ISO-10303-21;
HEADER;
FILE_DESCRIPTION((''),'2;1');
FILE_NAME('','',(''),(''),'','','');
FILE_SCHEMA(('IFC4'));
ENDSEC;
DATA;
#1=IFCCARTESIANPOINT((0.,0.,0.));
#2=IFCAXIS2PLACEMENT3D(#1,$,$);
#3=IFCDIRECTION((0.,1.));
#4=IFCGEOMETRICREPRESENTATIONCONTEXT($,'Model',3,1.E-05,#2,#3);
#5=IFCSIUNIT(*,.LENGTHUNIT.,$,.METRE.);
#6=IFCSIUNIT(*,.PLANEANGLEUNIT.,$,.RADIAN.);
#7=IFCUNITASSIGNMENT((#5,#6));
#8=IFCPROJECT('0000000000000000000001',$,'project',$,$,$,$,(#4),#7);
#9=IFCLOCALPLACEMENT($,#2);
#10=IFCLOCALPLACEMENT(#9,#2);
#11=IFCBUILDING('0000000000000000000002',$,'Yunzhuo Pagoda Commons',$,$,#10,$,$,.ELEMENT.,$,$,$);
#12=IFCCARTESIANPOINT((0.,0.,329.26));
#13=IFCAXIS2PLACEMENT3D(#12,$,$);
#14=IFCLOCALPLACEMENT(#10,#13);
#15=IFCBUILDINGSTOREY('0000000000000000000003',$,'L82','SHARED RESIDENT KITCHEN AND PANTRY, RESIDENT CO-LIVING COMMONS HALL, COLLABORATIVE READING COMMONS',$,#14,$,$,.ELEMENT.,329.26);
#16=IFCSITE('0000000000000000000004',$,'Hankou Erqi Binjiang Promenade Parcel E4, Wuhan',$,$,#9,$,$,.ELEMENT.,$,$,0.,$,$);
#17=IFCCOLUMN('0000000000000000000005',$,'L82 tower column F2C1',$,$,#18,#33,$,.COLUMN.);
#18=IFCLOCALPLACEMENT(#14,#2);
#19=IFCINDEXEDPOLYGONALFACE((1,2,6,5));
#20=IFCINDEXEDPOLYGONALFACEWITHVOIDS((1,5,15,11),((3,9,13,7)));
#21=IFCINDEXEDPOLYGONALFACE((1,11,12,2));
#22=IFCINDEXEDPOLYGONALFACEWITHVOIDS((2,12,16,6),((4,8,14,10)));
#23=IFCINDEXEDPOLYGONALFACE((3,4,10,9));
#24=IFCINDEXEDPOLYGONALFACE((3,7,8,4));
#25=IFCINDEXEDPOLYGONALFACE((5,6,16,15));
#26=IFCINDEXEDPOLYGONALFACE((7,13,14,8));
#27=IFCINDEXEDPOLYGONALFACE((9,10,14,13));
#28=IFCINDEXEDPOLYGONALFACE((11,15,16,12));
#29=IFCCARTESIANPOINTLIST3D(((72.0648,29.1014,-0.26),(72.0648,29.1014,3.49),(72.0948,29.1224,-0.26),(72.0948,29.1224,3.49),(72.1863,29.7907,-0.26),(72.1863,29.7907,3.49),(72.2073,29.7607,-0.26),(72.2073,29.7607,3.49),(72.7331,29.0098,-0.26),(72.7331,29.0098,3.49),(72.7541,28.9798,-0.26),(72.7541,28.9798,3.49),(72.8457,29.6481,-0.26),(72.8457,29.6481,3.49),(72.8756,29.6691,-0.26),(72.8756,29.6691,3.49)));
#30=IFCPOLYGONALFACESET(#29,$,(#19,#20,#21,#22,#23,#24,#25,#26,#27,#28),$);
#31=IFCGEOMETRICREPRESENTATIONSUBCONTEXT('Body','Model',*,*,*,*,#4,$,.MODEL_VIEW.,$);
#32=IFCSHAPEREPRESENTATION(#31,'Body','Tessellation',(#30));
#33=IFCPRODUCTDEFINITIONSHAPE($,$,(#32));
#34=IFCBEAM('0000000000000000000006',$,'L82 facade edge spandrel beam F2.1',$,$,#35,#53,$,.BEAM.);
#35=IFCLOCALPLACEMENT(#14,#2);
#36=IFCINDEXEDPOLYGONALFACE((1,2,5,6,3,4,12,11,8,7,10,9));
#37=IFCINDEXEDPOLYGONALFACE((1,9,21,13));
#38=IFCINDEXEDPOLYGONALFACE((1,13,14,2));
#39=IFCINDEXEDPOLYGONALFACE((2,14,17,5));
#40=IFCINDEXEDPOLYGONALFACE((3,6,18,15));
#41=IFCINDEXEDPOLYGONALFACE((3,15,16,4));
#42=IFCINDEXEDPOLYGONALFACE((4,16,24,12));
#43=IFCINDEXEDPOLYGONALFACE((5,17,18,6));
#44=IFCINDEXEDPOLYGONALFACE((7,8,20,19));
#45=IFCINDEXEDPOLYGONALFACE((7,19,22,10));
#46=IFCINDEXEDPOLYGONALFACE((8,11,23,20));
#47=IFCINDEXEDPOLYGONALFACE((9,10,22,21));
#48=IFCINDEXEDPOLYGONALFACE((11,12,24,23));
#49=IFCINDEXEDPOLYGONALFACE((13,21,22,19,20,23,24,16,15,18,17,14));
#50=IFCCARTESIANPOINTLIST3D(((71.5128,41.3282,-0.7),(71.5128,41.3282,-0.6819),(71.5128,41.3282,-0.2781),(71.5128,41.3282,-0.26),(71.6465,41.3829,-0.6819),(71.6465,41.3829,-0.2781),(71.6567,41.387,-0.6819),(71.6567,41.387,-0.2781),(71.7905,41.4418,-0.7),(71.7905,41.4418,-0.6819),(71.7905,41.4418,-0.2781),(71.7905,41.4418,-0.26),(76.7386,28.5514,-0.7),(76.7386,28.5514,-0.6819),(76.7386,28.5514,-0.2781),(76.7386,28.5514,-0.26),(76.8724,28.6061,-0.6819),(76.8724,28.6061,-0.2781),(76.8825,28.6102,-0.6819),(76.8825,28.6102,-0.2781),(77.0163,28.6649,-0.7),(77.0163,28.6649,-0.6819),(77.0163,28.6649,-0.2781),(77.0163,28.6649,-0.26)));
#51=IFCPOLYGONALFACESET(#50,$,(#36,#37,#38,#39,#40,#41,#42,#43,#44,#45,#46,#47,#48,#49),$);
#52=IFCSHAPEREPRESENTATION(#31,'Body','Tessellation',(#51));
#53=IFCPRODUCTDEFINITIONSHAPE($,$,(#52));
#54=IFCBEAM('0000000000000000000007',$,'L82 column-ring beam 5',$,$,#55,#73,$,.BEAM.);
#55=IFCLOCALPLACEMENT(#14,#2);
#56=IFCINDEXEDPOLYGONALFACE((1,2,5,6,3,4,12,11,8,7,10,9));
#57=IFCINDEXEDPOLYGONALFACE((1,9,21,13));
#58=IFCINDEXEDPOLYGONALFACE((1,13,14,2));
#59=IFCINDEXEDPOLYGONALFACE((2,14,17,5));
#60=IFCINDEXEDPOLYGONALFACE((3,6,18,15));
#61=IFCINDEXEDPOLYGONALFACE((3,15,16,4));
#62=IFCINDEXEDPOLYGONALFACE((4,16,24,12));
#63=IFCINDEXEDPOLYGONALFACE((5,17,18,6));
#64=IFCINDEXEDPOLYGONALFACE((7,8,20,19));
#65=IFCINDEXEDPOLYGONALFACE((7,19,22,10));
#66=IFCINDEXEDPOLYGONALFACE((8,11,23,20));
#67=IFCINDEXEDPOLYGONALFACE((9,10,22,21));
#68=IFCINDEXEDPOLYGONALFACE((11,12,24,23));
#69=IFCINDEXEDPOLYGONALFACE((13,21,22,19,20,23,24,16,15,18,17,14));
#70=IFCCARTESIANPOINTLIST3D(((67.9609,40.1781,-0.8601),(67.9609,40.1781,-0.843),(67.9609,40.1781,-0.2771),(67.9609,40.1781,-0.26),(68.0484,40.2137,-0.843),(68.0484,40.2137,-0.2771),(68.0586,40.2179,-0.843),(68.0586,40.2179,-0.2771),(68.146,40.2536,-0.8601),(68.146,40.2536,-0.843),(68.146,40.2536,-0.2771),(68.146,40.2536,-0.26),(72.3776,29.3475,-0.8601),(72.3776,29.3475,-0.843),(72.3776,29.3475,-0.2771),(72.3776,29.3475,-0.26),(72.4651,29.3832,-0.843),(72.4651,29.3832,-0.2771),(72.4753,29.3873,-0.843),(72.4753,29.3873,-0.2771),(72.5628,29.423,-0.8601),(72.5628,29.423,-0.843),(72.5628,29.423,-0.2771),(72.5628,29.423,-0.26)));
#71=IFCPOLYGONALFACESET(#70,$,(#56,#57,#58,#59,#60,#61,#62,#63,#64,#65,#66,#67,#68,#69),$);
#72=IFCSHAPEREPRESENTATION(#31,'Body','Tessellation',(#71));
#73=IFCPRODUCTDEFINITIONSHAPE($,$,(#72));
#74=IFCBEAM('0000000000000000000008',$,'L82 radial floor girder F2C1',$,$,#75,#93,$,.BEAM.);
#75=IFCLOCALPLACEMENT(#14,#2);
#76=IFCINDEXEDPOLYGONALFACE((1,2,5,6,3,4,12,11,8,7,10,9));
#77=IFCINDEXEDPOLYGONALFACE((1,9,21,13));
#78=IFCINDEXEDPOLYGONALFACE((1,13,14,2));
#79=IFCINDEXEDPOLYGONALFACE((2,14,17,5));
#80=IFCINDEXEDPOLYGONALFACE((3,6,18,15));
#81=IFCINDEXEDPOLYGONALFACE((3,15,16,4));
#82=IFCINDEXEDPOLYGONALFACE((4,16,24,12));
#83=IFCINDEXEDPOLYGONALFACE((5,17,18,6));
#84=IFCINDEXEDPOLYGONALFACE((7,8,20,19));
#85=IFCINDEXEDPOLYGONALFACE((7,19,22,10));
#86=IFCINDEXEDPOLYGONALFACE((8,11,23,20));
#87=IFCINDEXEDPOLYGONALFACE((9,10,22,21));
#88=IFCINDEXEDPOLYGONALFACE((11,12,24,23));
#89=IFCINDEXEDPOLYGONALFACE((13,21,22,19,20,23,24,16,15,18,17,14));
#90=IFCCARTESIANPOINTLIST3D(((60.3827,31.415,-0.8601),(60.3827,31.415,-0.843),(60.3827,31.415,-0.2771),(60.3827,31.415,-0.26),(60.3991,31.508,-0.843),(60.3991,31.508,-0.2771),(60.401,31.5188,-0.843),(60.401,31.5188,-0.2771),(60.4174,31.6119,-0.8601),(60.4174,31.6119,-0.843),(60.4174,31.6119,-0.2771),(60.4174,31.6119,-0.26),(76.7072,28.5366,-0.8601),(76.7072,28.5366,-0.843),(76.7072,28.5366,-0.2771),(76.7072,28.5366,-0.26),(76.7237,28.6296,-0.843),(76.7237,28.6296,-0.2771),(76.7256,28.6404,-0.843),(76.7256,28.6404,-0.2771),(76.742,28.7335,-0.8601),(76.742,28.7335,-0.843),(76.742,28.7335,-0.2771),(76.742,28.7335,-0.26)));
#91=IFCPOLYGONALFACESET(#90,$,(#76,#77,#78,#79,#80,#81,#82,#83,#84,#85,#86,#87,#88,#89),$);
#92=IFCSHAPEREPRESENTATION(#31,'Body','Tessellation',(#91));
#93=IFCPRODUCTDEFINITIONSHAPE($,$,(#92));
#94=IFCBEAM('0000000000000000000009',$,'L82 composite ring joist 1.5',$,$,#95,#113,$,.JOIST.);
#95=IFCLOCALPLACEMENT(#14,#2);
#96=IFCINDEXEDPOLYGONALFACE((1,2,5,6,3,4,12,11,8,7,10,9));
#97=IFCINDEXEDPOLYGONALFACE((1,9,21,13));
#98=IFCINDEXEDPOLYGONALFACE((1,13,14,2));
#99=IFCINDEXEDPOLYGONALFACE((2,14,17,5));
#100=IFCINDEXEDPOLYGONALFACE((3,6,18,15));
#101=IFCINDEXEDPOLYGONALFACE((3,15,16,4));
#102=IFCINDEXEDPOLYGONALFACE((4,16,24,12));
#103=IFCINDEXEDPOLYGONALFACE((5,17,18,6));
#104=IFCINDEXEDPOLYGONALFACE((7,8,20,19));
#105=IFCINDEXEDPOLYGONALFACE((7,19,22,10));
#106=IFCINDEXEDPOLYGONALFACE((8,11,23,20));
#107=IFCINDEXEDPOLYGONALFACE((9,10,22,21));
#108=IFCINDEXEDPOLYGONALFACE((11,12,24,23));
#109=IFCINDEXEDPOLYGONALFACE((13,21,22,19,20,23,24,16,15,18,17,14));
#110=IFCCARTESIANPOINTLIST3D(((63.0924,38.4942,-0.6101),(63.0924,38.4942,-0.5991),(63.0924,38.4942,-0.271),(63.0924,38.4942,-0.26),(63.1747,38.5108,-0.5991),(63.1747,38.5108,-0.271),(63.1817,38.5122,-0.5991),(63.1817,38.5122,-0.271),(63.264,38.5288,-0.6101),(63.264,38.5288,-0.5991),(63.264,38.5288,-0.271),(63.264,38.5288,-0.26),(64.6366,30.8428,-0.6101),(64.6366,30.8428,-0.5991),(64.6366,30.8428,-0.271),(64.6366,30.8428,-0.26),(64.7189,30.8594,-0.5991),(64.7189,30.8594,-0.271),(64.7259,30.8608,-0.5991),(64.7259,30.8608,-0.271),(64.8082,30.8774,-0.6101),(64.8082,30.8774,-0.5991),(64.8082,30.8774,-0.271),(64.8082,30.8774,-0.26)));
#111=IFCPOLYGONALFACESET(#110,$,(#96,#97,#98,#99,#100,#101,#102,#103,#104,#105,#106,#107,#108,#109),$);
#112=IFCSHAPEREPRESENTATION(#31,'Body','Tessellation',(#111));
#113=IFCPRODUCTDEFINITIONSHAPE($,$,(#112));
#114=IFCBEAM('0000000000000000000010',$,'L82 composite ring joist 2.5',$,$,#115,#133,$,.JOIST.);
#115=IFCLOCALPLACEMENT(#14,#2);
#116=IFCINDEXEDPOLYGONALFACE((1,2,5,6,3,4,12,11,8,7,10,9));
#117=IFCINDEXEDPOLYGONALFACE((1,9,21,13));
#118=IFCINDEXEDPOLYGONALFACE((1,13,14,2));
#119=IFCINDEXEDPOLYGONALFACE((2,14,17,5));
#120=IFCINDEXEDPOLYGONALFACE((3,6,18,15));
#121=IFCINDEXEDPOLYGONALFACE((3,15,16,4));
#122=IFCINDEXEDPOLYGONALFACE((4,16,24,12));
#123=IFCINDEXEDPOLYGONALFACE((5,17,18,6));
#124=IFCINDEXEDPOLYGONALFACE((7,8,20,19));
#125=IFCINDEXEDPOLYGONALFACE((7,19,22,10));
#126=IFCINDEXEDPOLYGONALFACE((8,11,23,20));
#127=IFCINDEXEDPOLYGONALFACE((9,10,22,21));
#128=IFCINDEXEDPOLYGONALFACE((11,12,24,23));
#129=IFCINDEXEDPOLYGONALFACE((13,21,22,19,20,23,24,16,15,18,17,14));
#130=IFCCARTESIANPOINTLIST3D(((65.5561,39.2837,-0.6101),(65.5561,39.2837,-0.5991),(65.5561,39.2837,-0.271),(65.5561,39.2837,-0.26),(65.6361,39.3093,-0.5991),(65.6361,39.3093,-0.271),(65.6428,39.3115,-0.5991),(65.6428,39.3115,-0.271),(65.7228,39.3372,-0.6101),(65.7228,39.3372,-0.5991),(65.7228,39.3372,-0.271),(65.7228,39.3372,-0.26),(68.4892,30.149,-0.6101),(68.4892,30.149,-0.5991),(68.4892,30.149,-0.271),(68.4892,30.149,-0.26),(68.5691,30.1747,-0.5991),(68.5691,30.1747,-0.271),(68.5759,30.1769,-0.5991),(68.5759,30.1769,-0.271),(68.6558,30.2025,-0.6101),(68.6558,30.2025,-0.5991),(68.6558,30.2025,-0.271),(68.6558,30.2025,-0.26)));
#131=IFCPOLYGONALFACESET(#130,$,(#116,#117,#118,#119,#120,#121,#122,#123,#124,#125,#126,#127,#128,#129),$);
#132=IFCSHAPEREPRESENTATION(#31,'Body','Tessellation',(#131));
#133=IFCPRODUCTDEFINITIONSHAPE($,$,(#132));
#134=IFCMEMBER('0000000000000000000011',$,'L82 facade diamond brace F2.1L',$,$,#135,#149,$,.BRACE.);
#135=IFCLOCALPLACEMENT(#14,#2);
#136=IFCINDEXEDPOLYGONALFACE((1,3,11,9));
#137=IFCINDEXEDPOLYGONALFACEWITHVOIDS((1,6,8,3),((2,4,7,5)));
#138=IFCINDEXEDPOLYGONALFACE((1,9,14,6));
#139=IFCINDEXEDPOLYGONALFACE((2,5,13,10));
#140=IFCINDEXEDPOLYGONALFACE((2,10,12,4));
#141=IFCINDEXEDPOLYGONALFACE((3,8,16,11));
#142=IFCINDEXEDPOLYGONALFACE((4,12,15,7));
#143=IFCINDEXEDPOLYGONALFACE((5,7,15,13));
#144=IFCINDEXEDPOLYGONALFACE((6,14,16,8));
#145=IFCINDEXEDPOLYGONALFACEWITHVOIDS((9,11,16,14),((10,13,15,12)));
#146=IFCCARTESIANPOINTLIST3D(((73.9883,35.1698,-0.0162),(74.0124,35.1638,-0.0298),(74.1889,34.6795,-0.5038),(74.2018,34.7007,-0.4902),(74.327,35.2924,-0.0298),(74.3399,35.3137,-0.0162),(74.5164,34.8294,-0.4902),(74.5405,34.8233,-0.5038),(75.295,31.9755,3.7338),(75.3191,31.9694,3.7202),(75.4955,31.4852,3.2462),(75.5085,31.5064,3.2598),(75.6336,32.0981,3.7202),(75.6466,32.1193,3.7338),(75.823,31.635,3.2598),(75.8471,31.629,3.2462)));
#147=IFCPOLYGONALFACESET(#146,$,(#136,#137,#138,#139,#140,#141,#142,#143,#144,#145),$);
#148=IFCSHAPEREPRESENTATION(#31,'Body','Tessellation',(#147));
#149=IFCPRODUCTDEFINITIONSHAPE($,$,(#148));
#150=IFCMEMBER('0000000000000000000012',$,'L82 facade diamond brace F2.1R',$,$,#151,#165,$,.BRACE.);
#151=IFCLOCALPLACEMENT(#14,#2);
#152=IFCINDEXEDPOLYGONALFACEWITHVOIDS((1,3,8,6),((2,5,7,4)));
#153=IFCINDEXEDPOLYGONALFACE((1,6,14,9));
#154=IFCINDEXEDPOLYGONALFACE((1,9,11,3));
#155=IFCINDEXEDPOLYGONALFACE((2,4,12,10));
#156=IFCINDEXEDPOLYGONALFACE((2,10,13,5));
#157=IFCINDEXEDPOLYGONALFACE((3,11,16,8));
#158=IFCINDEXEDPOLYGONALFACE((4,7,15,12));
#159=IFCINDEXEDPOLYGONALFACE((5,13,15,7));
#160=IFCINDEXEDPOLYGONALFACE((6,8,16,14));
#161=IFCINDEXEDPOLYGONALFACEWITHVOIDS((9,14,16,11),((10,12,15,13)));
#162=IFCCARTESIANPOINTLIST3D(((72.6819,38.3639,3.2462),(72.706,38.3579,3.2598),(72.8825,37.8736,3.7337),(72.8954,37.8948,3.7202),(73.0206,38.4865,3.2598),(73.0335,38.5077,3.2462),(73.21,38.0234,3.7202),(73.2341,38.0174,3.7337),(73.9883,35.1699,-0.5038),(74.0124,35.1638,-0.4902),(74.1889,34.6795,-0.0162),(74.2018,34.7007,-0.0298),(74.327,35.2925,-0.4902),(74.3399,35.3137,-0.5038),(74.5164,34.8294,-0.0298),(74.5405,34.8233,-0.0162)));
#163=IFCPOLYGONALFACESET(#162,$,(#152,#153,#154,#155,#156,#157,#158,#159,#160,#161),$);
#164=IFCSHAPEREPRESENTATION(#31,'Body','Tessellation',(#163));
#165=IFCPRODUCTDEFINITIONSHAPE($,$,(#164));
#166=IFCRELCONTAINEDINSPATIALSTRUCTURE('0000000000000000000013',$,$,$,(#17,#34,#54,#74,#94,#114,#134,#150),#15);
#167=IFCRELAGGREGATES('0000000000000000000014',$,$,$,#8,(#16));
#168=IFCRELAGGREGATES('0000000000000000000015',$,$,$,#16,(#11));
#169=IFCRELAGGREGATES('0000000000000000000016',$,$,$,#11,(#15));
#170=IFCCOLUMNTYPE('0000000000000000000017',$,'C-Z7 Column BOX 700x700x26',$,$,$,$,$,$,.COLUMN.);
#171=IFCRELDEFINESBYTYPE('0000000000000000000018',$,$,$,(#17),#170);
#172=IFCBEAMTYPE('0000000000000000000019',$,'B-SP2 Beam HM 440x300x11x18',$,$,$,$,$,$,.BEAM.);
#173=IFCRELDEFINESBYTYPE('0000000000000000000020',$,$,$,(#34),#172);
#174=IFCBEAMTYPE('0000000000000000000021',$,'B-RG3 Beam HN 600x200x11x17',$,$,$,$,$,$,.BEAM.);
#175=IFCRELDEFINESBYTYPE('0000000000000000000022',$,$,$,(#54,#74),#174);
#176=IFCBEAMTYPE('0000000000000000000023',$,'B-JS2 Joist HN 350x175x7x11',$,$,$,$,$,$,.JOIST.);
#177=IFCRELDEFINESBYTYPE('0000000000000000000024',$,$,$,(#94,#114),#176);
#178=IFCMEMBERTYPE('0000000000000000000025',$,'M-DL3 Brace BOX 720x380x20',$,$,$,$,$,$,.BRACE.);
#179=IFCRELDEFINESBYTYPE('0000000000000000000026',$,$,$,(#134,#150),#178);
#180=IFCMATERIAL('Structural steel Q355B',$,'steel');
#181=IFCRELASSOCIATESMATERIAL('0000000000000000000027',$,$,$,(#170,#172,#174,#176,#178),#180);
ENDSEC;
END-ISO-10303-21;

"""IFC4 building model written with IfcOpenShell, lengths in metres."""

from ifc_helpers import new_model, si_unit, direction, frame, origin, origin_2d, place, context, subcontext, project, spatial, hollow_rectangle, i_section, extrude, source, transform, mapped, material, material_profile, profile_set, type_object, element, save


model = new_model("IFC4")

# Units and contexts
model_context = context("Model", 3, precision=1e-05, world=origin(), true_north=direction((0.0, 1.0)))
body_context = subcontext(model_context, "Body", "Model", "MODEL_VIEW")
ifc_project = project(units=[si_unit("LENGTHUNIT", "METRE"), si_unit("PLANEANGLEUNIT", "RADIAN")], contexts=[model_context])

# Site, building, storey
site_placement = place(None, origin())
site = spatial("IfcSite", under=ifc_project, at=site_placement, Name="Hankou Erqi Binjiang Promenade Parcel E4, Wuhan", CompositionType="ELEMENT", RefElevation=0.0)
building_placement = place(site_placement, origin())
building = spatial("IfcBuilding", under=site, at=building_placement, Name="Yunzhuo Pagoda Commons", CompositionType="ELEMENT")
storey_placement = place(building_placement, frame((0.0, 0.0, 329.26)))
storey = spatial("IfcBuildingStorey", under=building, at=storey_placement, Name="L82", Description="SHARED RESIDENT KITCHEN AND PANTRY, RESIDENT CO-LIVING COMMONS HALL, COLLABORATIVE READING COMMONS", CompositionType="ELEMENT", Elevation=329.26)

# Column
ifc_material_1 = material(Name="Structural steel Q355B", Category="steel")
ifc_material_profile_1 = material_profile(ifc_material_1, hollow_rectangle(XDim=0.7, YDim=0.7, WallThickness=0.0259, at=origin_2d()), Name="Structural steel Q355B")
ifc_profile_set_1 = profile_set([ifc_material_profile_1], Name="Structural steel Q355B")
column_type = type_object("IfcColumnType", Name="C-Z7 Column BOX 700x700x26", PredefinedType="COLUMN", material=ifc_profile_set_1)
shared_shape_1 = source(origin(), body_context, "Body", "SweptSolid", [
    extrude(hollow_rectangle(XDim=0.7, YDim=0.7, WallThickness=0.0259, at=origin_2d()), origin(), (0.0, 0.0, 1.0), 3.75),
])
column_placement = place(storey_placement, frame((72.4702, 29.3853, -0.26), z_axis=(0.0, 0.0, 1.0), x_axis=(0.173648, 0.984808, 0.0)))
element("IfcColumn", 1, at=column_placement, inside=storey, type_object=column_type, Name="L82 tower column F2C1", PredefinedType="COLUMN", context=body_context, shape_type="MappedRepresentation", body=[
    mapped(shared_shape_1, transform((0.0, 0.0, 0.0), scale=1.0)),
])

# Beams
ifc_material_profile_2 = material_profile(ifc_material_1, i_section(OverallWidth=0.3, OverallDepth=0.4399, WebThickness=0.011, FlangeThickness=0.0181, at=origin_2d()), Name="Structural steel Q355B")
ifc_profile_set_2 = profile_set([ifc_material_profile_2], Name="Structural steel Q355B")
beam_type_1 = type_object("IfcBeamType", Name="B-SP2 Beam HM 440x300x11x18", PredefinedType="BEAM", material=ifc_profile_set_2)
shared_shape_2 = source(origin(), body_context, "Body", "SweptSolid", [
    extrude(i_section(OverallWidth=0.3, OverallDepth=0.4399, WebThickness=0.011, FlangeThickness=0.0181, at=origin_2d()), origin(), (0.0, 0.0, 1.0), 13.8042),
])
beam_1_placement = place(storey_placement, frame((76.8774, 28.6082, -0.48), z_axis=(-0.378567, 0.925574, 0.0), x_axis=(-0.925574, -0.378567, 0.0)))
element("IfcBeam", 2, at=beam_1_placement, inside=storey, type_object=beam_type_1, Name="L82 facade edge spandrel beam F2.1", PredefinedType="BEAM", context=body_context, shape_type="MappedRepresentation", body=[
    mapped(shared_shape_2, transform((0.0, 0.0, 0.0), scale=1.0)),
])
ifc_material_profile_3 = material_profile(ifc_material_1, i_section(OverallWidth=0.2, OverallDepth=0.6001, WebThickness=0.011, FlangeThickness=0.0171, at=origin_2d()), Name="Structural steel Q355B")
ifc_profile_set_3 = profile_set([ifc_material_profile_3], Name="Structural steel Q355B")
beam_type_2 = type_object("IfcBeamType", Name="B-RG3 Beam HN 600x200x11x17", PredefinedType="BEAM", material=ifc_profile_set_3)
shared_shape_3 = source(origin(), body_context, "Body", "SweptSolid", [
    extrude(i_section(OverallWidth=0.2, OverallDepth=0.6001, WebThickness=0.011, FlangeThickness=0.0171, at=origin_2d()), origin(), (0.0, 0.0, 1.0), 11.6965),
])
beam_2_placement = place(storey_placement, frame((72.4702, 29.3853, -0.5601), z_axis=(-0.377612, 0.925964, 0.0), x_axis=(-0.925964, -0.377612, 0.0)))
element("IfcBeam", 3, at=beam_2_placement, inside=storey, type_object=beam_type_2, Name="L82 column-ring beam 5", PredefinedType="BEAM", context=body_context, shape_type="MappedRepresentation", body=[
    mapped(shared_shape_3, transform((0.0, 0.0, 0.0), scale=1.0)),
])
shared_shape_4 = source(origin(), body_context, "Body", "SweptSolid", [
    extrude(i_section(OverallWidth=0.2, OverallDepth=0.6001, WebThickness=0.011, FlangeThickness=0.0171, at=origin_2d()), origin(), (0.0, 0.0, 1.0), 16.5764),
])
beam_3_placement = place(storey_placement, frame((76.7246, 28.635, -0.5601), z_axis=(-0.984808, 0.173644, 0.0), x_axis=(-0.173644, -0.984808, 0.0)))
element("IfcBeam", 4, at=beam_3_placement, inside=storey, type_object=beam_type_2, Name="L82 radial floor girder F2C1", PredefinedType="BEAM", context=body_context, shape_type="MappedRepresentation", body=[
    mapped(shared_shape_4, transform((0.0, 0.0, 0.0), scale=1.0)),
])
ifc_material_profile_4 = material_profile(ifc_material_1, i_section(OverallWidth=0.175, OverallDepth=0.3501, WebThickness=0.0071, FlangeThickness=0.011, at=origin_2d()), Name="Structural steel Q355B")
ifc_profile_set_4 = profile_set([ifc_material_profile_4], Name="Structural steel Q355B")
beam_type_3 = type_object("IfcBeamType", Name="B-JS2 Joist HN 350x175x7x11", PredefinedType="JOIST", material=ifc_profile_set_4)
shared_shape_5 = source(origin(), body_context, "Body", "SweptSolid", [
    extrude(i_section(OverallWidth=0.175, OverallDepth=0.3501, WebThickness=0.0071, FlangeThickness=0.011, at=origin_2d()), origin(), (0.0, 0.0, 1.0), 7.8057),
])
beam_4_placement = place(storey_placement, frame((64.7224, 30.8601, -0.4351), z_axis=(-0.19783, 0.980236, 0.0), x_axis=(-0.980236, -0.19783, 0.0)))
element("IfcBeam", 5, at=beam_4_placement, inside=storey, type_object=beam_type_3, Name="L82 composite ring joist 1.5", PredefinedType="JOIST", context=body_context, shape_type="MappedRepresentation", body=[
    mapped(shared_shape_5, transform((0.0, 0.0, 0.0), scale=1.0)),
])
shared_shape_6 = source(origin(), body_context, "Body", "SweptSolid", [
    extrude(i_section(OverallWidth=0.175, OverallDepth=0.3501, WebThickness=0.0071, FlangeThickness=0.011, at=origin_2d()), origin(), (0.0, 0.0, 1.0), 9.594),
])
beam_5_placement = place(storey_placement, frame((68.5725, 30.1758, -0.4351), z_axis=(-0.305719, 0.952122, 0.0), x_axis=(-0.952122, -0.305719, 0.0)))
element("IfcBeam", 6, at=beam_5_placement, inside=storey, type_object=beam_type_3, Name="L82 composite ring joist 2.5", PredefinedType="JOIST", context=body_context, shape_type="MappedRepresentation", body=[
    mapped(shared_shape_6, transform((0.0, 0.0, 0.0), scale=1.0)),
])

# Members
ifc_material_profile_5 = material_profile(ifc_material_1, hollow_rectangle(XDim=0.3799, YDim=0.72, WallThickness=0.02, at=origin_2d()), Name="Structural steel Q355B")
ifc_profile_set_5 = profile_set([ifc_material_profile_5], Name="Structural steel Q355B")
member_type_1 = type_object("IfcMemberType", Name="M-DL3 Brace BOX 720x380x20", PredefinedType="BRACE", material=ifc_profile_set_5)
shared_shape_7 = source(origin(), body_context, "Body", "SweptSolid", [
    extrude(hollow_rectangle(XDim=0.3799, YDim=0.72, WallThickness=0.02, at=origin_2d()), origin(), (0.0, 0.0, 1.0), 5.0964),
])
member_1_placement = place(storey_placement, frame((74.2644, 34.9966, -0.26), z_axis=(0.256384, -0.626779, 0.735809), x_axis=(0.92556, 0.3786, 0.0)))
element("IfcMember", 7, at=member_1_placement, inside=storey, type_object=member_type_1, Name="L82 facade diamond brace F2.1L", PredefinedType="BRACE", context=body_context, shape_type="MappedRepresentation", body=[
    mapped(shared_shape_7, transform((0.0, 0.0, 0.0), scale=1.0)),
])
shared_shape_8 = source(origin(), body_context, "Body", "SweptSolid", [
    extrude(hollow_rectangle(XDim=0.3799, YDim=0.72, WallThickness=0.02, at=origin_2d()), origin(), (0.0, 0.0, 1.0), 5.0962),
])
member_2_placement = place(storey_placement, frame((74.2644, 34.9966, -0.26), z_axis=(-0.256346, 0.626758, 0.73584), x_axis=(-0.925575, -0.378564, 0.0)))
element("IfcMember", 8, at=member_2_placement, inside=storey, type_object=member_type_1, Name="L82 facade diamond brace F2.1R", PredefinedType="BRACE", context=body_context, shape_type="MappedRepresentation", body=[
    mapped(shared_shape_8, transform((0.0, 0.0, 0.0), scale=1.0)),
])

save(model, "model.ifc")
